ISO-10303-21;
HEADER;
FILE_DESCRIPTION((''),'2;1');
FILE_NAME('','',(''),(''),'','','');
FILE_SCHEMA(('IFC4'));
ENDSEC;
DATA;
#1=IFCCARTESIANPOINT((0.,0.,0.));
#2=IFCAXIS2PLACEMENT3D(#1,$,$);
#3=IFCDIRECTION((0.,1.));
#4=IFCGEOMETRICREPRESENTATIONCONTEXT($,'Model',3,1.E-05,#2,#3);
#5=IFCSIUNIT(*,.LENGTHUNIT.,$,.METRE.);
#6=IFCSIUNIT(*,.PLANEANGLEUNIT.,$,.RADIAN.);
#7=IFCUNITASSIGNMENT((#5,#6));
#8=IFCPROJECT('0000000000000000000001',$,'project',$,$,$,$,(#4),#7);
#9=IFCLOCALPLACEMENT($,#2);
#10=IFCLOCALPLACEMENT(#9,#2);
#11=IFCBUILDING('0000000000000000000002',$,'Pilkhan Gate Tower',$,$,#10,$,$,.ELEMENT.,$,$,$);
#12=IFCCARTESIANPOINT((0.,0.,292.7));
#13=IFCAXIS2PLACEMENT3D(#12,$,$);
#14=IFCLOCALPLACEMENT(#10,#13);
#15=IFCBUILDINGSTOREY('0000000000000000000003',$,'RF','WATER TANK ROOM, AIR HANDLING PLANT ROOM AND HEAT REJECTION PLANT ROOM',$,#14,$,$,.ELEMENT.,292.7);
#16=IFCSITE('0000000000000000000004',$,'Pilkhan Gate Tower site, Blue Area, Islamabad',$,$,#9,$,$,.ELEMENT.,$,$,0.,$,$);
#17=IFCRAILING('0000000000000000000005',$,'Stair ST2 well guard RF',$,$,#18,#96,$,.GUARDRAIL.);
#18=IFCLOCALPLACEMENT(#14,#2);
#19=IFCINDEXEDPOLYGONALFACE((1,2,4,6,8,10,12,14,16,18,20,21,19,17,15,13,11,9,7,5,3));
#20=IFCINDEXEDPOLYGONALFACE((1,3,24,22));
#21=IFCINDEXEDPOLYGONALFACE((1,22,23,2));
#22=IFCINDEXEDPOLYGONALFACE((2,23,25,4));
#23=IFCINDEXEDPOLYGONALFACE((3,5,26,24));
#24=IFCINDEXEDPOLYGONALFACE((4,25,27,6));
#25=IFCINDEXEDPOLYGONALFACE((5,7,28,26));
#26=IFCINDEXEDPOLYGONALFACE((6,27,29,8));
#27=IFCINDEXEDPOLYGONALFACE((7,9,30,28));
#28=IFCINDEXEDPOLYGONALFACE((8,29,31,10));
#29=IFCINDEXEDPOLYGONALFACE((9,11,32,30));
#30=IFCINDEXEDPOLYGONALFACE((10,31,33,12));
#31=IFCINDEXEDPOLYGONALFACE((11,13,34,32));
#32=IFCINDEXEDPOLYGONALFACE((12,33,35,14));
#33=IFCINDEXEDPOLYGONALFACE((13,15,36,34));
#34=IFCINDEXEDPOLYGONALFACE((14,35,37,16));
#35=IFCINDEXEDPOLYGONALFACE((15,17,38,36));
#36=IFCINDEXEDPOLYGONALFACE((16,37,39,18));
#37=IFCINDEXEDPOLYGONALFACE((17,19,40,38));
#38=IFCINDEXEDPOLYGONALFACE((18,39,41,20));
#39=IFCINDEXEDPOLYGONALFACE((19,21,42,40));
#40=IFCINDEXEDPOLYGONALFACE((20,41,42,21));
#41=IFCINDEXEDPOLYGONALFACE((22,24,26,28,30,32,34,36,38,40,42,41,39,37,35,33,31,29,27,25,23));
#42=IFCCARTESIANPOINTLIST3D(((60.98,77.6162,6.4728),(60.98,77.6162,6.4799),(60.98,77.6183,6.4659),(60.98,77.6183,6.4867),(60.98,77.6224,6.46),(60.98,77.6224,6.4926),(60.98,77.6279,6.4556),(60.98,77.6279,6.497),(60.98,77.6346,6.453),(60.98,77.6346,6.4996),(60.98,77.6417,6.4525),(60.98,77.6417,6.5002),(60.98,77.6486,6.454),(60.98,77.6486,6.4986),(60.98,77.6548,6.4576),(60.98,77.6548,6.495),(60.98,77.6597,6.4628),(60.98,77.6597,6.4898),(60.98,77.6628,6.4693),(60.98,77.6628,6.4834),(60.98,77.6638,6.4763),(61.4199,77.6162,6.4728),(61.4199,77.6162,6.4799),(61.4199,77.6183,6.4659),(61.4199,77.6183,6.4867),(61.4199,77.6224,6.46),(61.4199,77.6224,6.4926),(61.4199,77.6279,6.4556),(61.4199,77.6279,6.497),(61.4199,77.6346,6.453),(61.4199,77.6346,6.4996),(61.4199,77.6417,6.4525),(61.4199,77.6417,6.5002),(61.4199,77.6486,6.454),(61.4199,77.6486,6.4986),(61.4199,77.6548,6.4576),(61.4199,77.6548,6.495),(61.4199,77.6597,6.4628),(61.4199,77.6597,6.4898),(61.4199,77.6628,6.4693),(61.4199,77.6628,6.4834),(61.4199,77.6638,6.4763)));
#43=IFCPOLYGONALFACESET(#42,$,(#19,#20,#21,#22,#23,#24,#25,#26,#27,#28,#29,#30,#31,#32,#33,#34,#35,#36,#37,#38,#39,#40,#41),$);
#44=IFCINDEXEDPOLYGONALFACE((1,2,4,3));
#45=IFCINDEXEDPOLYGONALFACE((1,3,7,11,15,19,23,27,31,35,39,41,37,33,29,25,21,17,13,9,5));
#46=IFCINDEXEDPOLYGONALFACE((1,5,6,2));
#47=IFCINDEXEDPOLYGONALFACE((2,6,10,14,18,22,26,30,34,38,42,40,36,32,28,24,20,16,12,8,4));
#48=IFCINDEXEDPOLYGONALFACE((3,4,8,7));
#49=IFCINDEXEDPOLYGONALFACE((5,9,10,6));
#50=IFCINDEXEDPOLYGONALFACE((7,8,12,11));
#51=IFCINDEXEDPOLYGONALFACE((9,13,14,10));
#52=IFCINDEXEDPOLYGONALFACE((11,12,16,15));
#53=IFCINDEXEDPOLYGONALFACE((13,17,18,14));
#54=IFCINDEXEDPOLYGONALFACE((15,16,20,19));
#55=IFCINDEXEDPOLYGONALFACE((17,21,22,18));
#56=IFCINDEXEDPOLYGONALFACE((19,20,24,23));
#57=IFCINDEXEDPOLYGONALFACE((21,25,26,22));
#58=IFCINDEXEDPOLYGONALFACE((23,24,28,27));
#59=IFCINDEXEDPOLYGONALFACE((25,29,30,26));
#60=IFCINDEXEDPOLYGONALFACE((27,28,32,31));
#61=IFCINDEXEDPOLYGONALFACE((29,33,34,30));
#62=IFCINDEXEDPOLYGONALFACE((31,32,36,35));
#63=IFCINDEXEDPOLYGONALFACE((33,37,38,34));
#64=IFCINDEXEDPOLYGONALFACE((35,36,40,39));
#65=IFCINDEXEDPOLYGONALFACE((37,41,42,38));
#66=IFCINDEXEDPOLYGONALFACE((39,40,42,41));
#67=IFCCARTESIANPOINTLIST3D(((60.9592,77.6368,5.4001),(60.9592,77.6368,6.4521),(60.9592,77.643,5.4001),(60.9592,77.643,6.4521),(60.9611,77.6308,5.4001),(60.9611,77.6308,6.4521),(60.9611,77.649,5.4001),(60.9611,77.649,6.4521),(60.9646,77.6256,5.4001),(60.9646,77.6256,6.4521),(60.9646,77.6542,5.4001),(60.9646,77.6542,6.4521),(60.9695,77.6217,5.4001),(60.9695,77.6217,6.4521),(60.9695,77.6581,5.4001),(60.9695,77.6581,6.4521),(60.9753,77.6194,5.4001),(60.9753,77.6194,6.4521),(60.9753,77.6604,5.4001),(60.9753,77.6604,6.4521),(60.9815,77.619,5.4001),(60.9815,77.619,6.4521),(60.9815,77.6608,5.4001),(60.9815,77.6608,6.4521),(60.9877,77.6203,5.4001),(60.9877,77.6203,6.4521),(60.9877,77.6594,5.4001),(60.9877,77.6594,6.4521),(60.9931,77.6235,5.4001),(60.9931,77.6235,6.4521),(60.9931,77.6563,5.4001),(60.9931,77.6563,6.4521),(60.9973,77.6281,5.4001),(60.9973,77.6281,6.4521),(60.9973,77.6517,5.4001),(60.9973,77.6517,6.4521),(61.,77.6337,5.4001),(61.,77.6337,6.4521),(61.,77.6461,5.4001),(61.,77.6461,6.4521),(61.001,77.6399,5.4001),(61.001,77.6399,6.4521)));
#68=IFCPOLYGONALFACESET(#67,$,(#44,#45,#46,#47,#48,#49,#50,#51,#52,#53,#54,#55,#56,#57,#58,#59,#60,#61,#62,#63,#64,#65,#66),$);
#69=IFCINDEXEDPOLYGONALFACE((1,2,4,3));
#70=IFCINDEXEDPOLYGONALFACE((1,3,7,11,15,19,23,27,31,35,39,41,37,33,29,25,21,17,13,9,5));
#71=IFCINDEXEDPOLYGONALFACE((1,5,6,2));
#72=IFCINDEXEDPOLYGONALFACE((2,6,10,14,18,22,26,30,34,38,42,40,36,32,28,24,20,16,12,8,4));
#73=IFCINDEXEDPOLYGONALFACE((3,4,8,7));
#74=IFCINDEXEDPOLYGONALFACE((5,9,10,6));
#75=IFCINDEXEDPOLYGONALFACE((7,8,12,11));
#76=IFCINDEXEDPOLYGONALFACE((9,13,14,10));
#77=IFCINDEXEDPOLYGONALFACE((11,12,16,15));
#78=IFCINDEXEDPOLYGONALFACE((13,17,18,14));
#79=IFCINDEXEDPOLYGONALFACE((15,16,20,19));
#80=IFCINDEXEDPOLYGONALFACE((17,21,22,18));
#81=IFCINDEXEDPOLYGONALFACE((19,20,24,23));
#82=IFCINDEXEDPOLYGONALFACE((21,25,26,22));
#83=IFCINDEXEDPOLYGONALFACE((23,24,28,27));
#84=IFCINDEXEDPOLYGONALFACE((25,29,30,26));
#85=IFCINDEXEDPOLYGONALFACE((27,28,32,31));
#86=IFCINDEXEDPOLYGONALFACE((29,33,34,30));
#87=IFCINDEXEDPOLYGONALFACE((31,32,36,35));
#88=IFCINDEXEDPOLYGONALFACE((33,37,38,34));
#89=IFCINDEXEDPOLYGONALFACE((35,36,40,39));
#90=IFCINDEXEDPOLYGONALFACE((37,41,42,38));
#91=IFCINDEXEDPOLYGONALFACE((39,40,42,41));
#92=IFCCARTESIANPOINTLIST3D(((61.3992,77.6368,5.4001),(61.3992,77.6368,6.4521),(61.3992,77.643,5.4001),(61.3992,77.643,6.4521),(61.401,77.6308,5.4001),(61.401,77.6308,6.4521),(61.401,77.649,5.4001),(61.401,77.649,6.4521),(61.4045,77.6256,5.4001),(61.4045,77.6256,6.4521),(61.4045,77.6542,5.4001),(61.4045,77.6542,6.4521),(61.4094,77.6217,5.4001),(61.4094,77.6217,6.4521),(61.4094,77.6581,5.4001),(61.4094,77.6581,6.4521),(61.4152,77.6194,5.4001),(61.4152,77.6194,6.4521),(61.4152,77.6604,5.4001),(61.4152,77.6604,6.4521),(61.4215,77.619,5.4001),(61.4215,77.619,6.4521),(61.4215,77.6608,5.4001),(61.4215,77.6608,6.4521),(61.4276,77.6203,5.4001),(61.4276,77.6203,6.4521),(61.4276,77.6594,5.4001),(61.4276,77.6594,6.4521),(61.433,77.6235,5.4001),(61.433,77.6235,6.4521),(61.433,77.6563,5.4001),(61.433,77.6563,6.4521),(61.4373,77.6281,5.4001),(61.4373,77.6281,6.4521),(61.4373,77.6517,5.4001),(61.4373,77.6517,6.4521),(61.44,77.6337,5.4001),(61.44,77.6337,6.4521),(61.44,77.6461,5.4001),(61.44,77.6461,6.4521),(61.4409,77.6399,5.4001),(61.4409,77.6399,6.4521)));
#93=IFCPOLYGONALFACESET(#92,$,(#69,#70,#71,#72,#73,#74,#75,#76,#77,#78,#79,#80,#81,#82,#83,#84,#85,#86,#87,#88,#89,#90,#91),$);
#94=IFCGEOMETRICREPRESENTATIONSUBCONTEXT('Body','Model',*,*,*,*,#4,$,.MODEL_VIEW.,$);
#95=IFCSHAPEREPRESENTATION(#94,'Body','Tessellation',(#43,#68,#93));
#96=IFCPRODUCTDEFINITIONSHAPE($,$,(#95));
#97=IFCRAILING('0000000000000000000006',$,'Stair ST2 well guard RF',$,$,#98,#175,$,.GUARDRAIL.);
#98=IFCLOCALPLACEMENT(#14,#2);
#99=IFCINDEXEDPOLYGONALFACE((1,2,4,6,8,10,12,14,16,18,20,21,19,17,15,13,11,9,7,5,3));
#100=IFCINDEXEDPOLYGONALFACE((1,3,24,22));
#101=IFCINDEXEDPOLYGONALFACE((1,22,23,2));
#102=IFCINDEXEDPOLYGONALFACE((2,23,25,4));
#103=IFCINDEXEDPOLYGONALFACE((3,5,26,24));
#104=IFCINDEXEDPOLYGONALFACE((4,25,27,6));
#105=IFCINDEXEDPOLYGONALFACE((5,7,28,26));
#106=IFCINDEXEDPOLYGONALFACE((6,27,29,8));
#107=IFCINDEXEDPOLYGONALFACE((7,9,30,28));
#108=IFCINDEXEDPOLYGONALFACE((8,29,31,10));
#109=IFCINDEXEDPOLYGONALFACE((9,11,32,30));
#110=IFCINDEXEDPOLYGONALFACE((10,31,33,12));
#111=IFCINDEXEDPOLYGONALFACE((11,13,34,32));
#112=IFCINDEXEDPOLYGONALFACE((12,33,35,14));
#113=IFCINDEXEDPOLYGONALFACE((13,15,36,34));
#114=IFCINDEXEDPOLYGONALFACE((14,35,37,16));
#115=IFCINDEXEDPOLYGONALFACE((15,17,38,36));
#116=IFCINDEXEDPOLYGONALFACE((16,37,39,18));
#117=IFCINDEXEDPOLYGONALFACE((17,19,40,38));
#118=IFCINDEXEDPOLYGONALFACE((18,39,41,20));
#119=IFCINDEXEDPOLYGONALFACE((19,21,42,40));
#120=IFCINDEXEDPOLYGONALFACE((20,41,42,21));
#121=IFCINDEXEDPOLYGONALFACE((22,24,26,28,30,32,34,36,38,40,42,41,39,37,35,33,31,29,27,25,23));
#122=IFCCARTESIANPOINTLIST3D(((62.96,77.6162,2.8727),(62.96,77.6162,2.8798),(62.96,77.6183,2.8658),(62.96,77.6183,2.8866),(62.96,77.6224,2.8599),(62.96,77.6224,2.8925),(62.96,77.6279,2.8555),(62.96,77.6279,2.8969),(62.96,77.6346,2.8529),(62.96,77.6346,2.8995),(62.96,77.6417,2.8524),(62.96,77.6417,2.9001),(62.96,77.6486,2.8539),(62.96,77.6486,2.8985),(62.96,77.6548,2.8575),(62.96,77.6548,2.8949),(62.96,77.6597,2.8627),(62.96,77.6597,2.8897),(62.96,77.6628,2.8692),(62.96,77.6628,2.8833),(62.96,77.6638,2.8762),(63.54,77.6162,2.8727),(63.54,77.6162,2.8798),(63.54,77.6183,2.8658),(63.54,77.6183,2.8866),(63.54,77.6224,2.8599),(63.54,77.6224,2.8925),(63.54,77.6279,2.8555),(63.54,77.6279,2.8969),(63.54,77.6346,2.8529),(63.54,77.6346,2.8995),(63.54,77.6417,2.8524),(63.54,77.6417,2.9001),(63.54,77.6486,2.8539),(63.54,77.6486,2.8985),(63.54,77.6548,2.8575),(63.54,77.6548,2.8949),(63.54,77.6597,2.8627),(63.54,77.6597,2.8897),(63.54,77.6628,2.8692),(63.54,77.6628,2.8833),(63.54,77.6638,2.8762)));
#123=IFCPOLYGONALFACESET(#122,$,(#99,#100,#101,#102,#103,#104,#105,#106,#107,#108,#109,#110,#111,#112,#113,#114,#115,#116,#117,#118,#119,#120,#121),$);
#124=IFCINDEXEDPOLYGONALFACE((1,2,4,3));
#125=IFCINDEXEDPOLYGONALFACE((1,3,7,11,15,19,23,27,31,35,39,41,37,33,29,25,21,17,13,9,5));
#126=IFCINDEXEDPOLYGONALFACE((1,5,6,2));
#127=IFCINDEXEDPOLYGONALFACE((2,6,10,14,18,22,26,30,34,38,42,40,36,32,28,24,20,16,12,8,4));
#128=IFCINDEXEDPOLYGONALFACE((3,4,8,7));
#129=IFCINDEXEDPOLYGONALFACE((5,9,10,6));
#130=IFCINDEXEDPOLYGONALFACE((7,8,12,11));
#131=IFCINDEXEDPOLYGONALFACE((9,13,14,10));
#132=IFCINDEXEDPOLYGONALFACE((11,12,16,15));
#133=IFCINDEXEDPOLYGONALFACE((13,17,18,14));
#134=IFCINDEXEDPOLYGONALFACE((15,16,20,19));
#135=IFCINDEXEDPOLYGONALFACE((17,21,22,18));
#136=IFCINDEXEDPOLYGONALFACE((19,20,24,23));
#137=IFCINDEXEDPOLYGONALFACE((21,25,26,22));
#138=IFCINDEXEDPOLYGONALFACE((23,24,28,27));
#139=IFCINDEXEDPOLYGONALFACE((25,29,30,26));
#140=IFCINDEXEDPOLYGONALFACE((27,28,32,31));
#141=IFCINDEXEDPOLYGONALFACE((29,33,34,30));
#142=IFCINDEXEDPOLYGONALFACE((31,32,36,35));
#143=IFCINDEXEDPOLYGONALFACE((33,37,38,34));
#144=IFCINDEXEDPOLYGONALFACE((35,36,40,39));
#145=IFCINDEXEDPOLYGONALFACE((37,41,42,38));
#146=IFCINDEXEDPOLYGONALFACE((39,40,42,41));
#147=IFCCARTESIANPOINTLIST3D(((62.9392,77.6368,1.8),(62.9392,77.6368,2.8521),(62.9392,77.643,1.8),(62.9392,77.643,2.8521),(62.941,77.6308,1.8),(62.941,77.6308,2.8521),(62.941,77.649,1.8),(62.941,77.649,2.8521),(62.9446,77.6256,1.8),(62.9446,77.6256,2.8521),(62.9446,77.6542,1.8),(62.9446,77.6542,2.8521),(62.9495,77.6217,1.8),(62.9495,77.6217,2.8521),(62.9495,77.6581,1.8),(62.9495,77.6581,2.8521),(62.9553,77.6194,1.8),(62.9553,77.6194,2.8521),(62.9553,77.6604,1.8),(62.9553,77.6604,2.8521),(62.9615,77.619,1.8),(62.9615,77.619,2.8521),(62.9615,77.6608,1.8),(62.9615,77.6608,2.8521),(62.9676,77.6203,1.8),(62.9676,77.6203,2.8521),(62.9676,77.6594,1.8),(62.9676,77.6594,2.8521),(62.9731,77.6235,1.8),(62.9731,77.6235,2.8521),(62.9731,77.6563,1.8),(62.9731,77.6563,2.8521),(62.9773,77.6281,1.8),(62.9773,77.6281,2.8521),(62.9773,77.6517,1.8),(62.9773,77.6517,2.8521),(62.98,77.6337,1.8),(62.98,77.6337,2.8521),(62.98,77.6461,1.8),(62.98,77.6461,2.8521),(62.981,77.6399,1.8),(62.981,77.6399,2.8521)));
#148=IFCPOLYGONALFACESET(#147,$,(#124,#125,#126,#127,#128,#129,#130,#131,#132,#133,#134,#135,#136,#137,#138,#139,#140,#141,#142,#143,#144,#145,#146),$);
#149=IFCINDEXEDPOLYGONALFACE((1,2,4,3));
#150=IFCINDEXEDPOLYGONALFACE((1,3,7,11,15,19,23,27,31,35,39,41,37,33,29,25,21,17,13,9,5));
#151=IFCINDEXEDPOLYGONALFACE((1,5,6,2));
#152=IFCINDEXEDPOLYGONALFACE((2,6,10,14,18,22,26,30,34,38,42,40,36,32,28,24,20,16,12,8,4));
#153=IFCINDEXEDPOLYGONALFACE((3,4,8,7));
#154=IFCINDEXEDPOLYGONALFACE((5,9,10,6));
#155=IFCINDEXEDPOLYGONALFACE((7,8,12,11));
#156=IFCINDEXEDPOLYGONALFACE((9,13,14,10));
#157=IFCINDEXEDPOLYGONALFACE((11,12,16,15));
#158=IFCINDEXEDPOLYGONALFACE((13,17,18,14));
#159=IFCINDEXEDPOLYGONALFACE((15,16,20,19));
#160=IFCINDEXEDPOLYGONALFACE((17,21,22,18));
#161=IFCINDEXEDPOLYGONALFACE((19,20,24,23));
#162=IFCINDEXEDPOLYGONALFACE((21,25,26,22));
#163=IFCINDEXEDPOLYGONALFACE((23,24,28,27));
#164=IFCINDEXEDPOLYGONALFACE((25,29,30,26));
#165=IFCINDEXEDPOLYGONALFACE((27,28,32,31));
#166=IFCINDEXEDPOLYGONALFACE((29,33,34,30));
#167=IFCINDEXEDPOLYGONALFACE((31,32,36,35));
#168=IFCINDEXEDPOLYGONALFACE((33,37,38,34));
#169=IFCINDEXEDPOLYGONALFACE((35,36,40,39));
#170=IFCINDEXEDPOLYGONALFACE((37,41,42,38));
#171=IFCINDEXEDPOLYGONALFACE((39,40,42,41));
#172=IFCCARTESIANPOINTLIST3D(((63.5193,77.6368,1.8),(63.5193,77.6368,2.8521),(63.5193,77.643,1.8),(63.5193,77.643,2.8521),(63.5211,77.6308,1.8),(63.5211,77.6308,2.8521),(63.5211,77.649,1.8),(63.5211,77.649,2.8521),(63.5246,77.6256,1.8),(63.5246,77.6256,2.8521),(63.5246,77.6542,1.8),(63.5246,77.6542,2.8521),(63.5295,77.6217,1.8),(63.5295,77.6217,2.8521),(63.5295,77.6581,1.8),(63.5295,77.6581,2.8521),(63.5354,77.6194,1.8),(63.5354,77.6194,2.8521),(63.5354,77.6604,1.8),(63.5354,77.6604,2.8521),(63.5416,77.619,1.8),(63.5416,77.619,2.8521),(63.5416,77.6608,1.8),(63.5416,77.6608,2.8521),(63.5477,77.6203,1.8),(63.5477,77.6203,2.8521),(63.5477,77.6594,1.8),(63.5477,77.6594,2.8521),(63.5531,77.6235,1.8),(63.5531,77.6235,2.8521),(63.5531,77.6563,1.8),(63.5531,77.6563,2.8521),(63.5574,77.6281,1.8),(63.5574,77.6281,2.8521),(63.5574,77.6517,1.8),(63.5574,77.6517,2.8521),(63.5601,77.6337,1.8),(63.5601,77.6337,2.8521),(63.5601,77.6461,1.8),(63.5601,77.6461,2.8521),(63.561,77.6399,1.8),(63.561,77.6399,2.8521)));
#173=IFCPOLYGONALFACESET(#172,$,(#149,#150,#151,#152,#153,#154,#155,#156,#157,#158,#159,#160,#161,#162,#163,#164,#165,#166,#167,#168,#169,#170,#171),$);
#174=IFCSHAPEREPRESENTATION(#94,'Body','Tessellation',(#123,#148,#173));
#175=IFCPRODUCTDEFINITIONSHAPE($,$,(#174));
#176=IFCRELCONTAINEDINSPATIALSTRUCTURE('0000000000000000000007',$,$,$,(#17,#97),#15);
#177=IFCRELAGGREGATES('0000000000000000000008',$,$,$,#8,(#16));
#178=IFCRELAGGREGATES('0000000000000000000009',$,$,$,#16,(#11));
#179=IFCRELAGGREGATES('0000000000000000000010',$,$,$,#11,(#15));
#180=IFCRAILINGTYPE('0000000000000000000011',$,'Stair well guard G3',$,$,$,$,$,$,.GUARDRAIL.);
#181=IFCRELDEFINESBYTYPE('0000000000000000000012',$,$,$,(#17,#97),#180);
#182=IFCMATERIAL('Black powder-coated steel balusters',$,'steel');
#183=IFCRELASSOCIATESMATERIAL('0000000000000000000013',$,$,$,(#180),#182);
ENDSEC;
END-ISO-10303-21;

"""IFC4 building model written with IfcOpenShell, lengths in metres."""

from ifc_helpers import new_model, si_unit, direction, frame, origin, origin_2d, place, context, subcontext, project, spatial, circle, extrude, material, type_object, element, save


model = new_model("IFC4")

# Units and contexts
model_context = context("Model", 3, precision=1e-05, world=origin(), true_north=direction((0.0, 1.0)))
body_context = subcontext(model_context, "Body", "Model", "MODEL_VIEW")
ifc_project = project(units=[si_unit("LENGTHUNIT", "METRE"), si_unit("PLANEANGLEUNIT", "RADIAN")], contexts=[model_context])

# Site, building, storey
site_placement = place(None, origin())
site = spatial("IfcSite", under=ifc_project, at=site_placement, Name="Pilkhan Gate Tower site, Blue Area, Islamabad", CompositionType="ELEMENT", RefElevation=0.0)
building_placement = place(site_placement, origin())
building = spatial("IfcBuilding", under=site, at=building_placement, Name="Pilkhan Gate Tower", CompositionType="ELEMENT")
storey_placement = place(building_placement, frame((0.0, 0.0, 292.7)))
storey = spatial("IfcBuildingStorey", under=building, at=storey_placement, Name="RF", Description="WATER TANK ROOM, AIR HANDLING PLANT ROOM AND HEAT REJECTION PLANT ROOM", CompositionType="ELEMENT", Elevation=292.7)

# Railings
ifc_material_1 = material(Name="Black powder-coated steel balusters", Category="steel")
railing_type_1 = type_object("IfcRailingType", Name="Stair well guard G3", PredefinedType="GUARDRAIL", material=ifc_material_1)
for number, where, name in (
    (1, (60.98, 77.6399, 5.4001), "Stair ST2 well guard RF"),
):
    element("IfcRailing", number, at=place(storey_placement, frame(where)), inside=storey, type_object=railing_type_1, Name=name, PredefinedType="GUARDRAIL", context=body_context, shape_type="SweptSolid", body=[
        extrude(circle(Radius=0.0239, at=origin_2d()), frame((0.0, 0.0, 1.0762), z_axis=(1.0, 0.0, 0.0), x_axis=(0.0, 1.0, 0.0)), (0.0, 0.0, 1.0), 0.4399),
        extrude(circle(Radius=0.021, at=origin_2d()), origin(), (0.0, 0.0, 1.0), 1.052),
        extrude(circle(Radius=0.021, at=origin_2d()), frame((0.4399, 0.0, 0.0)), (0.0, 0.0, 1.0), 1.052),
    ])
for number, where, name in (
    (2, (62.96, 77.6399, 1.8), "Stair ST2 well guard RF"),
):
    element("IfcRailing", number, at=place(storey_placement, frame(where)), inside=storey, type_object=railing_type_1, Name=name, PredefinedType="GUARDRAIL", context=body_context, shape_type="SweptSolid", body=[
        extrude(circle(Radius=0.0239, at=origin_2d()), frame((0.0, 0.0, 1.0762), z_axis=(1.0, 0.0, 0.0), x_axis=(0.0, 1.0, 0.0)), (0.0, 0.0, 1.0), 0.5801),
        extrude(circle(Radius=0.021, at=origin_2d()), origin(), (0.0, 0.0, 1.0), 1.052),
        extrude(circle(Radius=0.021, at=origin_2d()), frame((0.5801, 0.0, 0.0)), (0.0, 0.0, 1.0), 1.052),
    ])

save(model, "model.ifc")
